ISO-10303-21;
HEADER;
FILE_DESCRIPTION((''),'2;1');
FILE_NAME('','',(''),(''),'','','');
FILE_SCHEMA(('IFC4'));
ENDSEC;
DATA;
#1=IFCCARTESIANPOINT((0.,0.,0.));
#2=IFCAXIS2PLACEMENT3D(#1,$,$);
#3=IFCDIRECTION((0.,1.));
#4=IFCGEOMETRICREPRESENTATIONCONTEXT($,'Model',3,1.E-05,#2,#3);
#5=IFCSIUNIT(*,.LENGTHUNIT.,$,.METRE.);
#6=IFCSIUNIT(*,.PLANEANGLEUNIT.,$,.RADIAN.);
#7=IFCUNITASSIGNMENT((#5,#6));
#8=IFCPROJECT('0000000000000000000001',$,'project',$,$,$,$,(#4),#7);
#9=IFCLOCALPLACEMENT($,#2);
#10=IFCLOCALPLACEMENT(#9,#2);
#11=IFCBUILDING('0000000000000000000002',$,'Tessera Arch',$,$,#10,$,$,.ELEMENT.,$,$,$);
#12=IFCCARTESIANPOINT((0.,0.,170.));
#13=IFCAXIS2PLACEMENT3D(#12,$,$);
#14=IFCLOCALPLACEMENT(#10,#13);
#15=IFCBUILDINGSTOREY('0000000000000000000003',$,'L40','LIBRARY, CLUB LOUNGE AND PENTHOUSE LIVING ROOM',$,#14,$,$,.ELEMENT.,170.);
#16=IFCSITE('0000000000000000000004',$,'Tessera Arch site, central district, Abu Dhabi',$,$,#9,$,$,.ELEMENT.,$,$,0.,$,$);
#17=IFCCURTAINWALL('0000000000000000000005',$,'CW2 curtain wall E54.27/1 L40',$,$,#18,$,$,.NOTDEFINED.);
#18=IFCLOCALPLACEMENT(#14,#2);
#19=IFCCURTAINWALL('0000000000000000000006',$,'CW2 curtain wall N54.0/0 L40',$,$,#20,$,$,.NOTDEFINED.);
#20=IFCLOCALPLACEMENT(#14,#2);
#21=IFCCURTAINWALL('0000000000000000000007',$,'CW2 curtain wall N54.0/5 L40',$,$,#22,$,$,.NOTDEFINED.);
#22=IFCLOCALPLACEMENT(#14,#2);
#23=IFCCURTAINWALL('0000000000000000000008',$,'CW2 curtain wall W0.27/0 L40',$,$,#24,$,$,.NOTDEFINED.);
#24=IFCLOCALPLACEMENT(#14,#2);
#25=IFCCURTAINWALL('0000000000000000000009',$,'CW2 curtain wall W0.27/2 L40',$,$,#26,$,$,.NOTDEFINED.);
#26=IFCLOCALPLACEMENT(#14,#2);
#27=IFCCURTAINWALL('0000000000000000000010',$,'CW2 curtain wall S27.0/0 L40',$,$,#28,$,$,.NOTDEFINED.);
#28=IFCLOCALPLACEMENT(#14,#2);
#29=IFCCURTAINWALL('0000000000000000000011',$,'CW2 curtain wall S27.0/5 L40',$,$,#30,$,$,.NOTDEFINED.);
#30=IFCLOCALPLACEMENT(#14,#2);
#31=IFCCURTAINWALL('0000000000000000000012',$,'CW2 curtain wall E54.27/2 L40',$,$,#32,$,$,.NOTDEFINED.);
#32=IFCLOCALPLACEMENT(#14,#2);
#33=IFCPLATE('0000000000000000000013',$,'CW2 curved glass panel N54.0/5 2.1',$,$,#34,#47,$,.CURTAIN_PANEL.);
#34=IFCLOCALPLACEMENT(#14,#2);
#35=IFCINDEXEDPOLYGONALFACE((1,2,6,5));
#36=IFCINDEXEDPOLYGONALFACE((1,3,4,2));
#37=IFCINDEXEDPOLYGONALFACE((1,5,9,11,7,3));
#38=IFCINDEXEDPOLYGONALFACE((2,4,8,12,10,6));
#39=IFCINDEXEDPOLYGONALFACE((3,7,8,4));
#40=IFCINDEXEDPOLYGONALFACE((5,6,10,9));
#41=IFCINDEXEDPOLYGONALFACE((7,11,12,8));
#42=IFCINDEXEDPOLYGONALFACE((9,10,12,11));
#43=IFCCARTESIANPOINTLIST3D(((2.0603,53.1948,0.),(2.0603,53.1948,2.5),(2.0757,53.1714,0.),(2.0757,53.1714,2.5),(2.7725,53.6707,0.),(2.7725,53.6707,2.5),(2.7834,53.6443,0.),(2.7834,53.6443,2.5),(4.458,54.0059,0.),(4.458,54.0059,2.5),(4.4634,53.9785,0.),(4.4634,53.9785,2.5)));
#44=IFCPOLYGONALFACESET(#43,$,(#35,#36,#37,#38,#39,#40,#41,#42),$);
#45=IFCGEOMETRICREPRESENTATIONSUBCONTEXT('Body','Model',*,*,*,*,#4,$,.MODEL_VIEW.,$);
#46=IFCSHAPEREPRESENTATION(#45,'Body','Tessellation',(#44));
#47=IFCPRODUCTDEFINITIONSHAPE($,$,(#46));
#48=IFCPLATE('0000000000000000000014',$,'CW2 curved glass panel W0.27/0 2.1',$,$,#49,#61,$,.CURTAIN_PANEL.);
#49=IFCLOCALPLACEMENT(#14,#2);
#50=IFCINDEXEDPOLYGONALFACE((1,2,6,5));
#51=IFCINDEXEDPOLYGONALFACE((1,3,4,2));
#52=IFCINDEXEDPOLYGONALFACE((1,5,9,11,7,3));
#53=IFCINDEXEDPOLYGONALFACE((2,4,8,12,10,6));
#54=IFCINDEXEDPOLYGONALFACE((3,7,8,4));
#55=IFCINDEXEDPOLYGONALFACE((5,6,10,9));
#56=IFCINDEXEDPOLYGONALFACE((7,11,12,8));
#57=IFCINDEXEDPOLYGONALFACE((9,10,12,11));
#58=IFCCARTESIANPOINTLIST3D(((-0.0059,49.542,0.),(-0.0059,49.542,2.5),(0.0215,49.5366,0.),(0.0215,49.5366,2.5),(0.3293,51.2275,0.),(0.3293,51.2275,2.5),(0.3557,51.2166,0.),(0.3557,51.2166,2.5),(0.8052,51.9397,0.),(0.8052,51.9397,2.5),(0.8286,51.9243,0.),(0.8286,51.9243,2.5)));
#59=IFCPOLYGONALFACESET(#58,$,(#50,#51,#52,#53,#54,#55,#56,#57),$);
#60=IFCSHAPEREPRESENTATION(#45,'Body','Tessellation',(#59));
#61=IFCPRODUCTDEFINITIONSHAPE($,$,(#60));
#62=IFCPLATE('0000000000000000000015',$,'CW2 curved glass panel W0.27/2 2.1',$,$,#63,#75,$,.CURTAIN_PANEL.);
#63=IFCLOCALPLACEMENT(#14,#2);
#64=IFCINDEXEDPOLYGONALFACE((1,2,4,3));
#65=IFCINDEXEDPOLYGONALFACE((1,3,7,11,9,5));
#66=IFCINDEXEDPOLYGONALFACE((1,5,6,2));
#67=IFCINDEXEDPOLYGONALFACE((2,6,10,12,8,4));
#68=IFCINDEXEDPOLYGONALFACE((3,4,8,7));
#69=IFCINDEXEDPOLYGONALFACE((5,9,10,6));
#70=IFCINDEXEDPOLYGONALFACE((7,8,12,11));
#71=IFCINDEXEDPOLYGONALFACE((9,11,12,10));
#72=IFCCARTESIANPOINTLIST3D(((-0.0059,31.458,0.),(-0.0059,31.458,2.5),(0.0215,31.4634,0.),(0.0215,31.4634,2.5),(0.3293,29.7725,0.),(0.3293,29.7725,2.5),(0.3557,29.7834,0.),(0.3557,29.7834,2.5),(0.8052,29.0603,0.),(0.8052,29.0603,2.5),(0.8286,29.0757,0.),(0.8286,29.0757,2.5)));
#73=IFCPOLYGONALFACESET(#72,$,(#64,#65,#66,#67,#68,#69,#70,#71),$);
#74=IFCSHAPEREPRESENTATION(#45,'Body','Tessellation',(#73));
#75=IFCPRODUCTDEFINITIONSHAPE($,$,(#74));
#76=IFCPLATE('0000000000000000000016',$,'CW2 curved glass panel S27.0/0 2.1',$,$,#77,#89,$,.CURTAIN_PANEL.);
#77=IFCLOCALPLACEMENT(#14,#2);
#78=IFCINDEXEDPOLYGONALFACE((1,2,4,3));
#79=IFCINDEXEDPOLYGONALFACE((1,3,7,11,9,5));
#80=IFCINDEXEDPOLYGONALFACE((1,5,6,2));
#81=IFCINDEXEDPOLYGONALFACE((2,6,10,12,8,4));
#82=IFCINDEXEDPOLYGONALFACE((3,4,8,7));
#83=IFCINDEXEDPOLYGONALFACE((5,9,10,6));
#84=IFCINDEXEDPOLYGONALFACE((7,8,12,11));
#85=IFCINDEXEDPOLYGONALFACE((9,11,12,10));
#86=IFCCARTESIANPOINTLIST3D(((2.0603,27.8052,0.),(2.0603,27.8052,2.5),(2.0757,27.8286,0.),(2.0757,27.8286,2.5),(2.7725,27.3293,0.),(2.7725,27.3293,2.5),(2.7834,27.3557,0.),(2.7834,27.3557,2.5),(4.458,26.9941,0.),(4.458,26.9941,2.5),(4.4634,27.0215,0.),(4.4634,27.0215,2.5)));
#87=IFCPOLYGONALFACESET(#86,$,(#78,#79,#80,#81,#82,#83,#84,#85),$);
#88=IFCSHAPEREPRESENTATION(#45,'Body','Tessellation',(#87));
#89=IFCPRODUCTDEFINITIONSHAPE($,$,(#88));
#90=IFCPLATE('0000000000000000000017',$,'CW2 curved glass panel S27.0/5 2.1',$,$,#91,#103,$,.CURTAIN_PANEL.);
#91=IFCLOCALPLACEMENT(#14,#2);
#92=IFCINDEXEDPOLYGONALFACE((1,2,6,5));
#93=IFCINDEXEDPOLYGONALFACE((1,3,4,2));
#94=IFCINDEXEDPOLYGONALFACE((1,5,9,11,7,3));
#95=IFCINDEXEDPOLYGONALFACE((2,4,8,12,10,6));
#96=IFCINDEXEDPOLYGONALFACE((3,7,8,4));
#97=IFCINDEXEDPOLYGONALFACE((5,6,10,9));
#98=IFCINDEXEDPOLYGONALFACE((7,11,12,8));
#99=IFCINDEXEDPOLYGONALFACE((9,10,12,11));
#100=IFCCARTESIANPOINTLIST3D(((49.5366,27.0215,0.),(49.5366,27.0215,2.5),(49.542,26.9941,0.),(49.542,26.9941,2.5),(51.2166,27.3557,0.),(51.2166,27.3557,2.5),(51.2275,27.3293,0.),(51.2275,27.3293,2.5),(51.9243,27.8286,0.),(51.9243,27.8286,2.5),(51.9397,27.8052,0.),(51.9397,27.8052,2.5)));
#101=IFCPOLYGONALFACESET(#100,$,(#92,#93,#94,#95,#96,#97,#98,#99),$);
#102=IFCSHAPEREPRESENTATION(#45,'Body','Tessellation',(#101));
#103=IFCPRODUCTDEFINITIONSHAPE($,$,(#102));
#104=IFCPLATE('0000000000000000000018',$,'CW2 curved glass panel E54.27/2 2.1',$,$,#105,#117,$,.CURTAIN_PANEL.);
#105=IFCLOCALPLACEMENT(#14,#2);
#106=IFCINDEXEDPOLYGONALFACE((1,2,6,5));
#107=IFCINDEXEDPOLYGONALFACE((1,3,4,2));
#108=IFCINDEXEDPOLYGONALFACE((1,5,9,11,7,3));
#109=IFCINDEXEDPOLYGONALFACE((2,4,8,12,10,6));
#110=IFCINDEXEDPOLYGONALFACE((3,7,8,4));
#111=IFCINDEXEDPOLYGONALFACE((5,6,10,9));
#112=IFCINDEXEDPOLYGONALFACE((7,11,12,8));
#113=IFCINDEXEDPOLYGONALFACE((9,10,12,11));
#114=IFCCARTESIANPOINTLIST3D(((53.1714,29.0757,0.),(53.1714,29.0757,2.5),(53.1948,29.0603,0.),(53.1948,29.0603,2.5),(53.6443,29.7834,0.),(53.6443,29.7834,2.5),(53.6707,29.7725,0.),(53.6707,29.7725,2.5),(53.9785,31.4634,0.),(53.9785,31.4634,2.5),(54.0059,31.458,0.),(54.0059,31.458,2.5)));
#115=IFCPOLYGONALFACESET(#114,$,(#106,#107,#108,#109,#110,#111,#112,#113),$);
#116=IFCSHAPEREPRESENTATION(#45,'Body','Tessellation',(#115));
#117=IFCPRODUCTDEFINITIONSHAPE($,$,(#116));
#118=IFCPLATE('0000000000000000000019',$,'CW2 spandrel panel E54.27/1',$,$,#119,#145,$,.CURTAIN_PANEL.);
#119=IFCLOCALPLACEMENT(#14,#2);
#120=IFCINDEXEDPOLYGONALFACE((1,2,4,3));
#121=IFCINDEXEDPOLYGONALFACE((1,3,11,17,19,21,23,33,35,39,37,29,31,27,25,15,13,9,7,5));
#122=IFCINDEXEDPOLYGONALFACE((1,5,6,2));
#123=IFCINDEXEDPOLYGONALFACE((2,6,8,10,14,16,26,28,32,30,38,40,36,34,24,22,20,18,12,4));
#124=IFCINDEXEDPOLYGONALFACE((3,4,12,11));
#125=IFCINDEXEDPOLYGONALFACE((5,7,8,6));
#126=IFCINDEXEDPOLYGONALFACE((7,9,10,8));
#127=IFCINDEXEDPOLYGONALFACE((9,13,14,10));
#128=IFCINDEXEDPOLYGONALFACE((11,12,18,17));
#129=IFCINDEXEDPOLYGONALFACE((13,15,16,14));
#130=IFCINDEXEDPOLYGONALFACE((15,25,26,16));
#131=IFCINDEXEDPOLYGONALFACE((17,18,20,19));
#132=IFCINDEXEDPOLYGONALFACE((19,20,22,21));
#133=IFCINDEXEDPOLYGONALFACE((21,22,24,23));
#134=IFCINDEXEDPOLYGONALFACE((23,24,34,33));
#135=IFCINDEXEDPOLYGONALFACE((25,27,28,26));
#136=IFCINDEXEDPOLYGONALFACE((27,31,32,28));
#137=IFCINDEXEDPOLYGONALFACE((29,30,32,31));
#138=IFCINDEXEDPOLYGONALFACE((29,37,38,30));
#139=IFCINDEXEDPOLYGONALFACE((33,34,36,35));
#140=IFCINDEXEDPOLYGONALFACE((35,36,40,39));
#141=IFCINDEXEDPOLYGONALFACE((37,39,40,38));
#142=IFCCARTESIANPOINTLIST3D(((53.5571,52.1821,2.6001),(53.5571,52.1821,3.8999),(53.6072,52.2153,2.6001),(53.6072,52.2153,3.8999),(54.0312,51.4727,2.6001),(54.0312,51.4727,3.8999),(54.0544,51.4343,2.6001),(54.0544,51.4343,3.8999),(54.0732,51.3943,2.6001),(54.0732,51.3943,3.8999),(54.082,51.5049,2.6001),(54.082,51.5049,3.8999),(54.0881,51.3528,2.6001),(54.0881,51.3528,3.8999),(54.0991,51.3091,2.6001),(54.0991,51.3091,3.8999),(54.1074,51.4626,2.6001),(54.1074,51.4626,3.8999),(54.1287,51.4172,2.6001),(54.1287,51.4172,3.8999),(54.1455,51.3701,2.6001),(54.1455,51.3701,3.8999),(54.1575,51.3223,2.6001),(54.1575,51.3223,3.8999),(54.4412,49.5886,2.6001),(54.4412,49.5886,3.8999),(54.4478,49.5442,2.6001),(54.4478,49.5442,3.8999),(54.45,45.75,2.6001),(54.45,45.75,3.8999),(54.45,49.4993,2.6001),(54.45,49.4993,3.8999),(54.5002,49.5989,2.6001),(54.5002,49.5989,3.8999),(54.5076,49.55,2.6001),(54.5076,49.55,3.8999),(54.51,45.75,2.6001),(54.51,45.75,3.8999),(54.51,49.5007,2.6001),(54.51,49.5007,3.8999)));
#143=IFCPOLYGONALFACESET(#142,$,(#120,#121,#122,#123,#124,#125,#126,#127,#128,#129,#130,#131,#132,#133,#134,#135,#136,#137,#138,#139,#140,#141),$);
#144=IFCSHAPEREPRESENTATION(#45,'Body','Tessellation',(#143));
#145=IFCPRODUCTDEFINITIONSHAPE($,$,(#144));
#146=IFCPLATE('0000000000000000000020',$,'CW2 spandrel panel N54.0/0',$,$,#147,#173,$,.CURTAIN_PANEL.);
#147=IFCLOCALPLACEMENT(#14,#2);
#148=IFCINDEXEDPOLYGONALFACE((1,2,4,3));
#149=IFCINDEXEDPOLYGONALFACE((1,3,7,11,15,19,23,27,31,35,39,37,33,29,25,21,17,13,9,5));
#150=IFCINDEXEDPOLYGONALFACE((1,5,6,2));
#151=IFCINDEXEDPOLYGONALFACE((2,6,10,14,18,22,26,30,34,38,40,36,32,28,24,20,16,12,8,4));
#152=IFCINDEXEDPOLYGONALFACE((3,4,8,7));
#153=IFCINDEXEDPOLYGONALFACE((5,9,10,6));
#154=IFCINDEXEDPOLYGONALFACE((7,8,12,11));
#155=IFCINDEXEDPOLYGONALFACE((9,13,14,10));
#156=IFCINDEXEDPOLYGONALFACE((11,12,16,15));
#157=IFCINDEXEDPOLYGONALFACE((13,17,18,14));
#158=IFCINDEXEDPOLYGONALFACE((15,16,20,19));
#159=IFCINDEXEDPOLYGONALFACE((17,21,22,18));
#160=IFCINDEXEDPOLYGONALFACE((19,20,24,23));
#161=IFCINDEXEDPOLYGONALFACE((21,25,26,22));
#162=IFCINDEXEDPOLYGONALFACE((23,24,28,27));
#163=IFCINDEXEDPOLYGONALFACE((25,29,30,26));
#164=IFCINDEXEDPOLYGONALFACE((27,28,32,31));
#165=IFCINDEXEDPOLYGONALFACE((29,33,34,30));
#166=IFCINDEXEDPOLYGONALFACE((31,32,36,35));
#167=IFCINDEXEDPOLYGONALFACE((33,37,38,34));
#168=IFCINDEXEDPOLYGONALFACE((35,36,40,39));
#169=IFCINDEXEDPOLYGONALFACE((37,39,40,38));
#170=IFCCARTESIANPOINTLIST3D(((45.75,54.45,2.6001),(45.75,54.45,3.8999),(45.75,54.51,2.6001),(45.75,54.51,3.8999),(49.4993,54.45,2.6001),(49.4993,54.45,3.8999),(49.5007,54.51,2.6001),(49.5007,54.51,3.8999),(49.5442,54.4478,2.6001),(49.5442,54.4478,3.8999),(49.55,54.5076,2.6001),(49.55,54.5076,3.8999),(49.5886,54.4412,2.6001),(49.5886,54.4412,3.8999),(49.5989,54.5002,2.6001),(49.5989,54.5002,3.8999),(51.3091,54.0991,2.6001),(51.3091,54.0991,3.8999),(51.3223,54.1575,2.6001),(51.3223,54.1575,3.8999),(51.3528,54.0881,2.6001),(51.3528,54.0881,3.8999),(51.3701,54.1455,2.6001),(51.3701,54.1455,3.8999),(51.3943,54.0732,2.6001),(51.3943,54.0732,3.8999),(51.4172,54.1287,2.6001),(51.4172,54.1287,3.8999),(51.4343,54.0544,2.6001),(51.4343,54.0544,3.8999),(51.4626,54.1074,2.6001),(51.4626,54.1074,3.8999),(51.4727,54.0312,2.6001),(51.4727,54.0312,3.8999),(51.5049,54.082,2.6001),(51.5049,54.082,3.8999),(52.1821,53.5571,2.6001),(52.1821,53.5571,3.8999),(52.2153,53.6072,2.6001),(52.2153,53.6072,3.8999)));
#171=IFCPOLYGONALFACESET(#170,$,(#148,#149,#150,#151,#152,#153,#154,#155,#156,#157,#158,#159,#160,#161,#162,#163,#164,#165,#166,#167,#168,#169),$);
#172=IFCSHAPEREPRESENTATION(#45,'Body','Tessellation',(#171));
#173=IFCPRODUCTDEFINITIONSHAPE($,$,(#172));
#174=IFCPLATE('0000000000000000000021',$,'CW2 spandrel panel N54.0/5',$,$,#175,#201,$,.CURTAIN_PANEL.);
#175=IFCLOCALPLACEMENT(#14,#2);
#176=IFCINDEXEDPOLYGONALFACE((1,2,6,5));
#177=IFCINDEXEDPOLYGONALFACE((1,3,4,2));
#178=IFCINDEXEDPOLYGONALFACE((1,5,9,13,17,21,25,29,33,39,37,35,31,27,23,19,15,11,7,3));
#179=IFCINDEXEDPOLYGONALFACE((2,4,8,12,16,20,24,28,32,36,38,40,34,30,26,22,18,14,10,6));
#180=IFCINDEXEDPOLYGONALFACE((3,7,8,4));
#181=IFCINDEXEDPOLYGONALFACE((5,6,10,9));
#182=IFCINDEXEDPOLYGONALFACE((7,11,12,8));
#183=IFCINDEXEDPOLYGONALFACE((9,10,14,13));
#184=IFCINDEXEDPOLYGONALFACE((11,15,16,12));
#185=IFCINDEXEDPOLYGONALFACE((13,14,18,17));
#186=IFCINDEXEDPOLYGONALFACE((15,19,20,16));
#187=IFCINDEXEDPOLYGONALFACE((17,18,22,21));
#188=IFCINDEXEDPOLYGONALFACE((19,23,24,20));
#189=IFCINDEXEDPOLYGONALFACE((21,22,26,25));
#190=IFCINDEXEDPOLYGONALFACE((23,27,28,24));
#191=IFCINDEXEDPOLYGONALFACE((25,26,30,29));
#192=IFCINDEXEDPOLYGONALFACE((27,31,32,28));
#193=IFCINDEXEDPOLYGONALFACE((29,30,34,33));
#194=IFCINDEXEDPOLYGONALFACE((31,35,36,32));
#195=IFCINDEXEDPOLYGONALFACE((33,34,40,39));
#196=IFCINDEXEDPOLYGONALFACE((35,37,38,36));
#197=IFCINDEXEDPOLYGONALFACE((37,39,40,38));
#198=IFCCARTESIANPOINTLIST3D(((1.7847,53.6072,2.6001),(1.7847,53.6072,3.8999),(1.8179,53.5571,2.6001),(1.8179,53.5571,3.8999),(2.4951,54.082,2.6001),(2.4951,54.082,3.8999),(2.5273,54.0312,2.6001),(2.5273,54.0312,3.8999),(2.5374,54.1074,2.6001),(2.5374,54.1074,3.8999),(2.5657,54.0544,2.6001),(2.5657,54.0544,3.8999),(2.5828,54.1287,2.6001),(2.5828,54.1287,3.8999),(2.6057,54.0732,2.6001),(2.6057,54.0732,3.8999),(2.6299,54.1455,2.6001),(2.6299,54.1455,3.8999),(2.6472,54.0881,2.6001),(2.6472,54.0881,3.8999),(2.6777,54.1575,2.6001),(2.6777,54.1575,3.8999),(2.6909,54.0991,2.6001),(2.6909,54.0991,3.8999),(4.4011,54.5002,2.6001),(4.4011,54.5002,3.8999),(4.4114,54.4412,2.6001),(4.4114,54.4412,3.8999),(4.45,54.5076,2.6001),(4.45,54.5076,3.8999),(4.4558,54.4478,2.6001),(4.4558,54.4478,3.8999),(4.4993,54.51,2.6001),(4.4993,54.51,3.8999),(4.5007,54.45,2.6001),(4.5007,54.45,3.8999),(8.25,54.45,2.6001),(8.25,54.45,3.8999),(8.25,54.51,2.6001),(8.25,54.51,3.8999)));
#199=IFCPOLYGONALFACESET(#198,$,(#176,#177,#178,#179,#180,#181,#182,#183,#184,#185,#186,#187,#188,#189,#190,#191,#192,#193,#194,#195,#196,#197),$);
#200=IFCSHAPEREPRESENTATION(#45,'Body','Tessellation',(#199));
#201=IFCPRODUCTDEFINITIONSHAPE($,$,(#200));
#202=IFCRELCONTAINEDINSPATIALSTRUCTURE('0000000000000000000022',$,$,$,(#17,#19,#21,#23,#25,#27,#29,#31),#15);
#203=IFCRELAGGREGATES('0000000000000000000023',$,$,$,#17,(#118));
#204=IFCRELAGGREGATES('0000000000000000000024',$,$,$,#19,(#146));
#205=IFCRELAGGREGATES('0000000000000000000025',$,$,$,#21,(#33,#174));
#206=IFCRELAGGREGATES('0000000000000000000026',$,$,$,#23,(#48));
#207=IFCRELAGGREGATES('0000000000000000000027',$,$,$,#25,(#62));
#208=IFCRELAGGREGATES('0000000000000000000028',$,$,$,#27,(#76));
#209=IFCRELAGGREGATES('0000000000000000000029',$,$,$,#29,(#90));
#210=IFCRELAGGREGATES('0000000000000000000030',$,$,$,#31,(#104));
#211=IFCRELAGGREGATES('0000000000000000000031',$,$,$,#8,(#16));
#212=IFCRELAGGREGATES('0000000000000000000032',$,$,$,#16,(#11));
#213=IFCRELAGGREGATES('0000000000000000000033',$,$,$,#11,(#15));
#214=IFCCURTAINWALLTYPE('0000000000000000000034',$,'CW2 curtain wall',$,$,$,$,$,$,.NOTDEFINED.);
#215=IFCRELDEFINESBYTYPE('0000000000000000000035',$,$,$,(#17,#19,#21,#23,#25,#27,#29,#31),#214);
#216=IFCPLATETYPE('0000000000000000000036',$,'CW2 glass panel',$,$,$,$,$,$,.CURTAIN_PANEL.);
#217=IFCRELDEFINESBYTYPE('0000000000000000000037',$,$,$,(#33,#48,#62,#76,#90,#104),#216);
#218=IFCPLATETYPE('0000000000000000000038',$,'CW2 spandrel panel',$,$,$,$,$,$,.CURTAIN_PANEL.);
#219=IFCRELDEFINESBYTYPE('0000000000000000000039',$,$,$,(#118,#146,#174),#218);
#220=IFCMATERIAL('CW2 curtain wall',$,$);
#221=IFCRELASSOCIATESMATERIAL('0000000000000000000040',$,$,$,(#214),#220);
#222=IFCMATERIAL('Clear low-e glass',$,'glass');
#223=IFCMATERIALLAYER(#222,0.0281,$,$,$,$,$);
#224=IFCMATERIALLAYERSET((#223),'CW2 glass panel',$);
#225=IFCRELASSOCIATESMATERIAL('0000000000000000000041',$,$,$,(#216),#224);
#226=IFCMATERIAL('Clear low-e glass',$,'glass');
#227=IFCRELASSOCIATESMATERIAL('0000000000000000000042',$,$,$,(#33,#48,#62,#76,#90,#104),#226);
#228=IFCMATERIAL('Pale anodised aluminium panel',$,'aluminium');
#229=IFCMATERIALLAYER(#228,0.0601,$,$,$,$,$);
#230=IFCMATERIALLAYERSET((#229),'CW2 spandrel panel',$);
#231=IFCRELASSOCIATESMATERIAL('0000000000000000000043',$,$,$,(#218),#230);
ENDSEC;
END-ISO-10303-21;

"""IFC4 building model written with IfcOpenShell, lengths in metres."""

from ifc_helpers import new_model, si_unit, direction, frame, origin, place, context, subcontext, project, spatial, polyline, outline, extrude, material, layer, layer_set, type_object, element, aggregate, save


model = new_model("IFC4")

# Units and contexts
model_context = context("Model", 3, precision=1e-05, world=origin(), true_north=direction((0.0, 1.0)))
body_context = subcontext(model_context, "Body", "Model", "MODEL_VIEW")
ifc_project = project(units=[si_unit("LENGTHUNIT", "METRE"), si_unit("PLANEANGLEUNIT", "RADIAN")], contexts=[model_context])

# Site, building, storey
site_placement = place(None, origin())
site = spatial("IfcSite", under=ifc_project, at=site_placement, Name="Tessera Arch site, central district, Abu Dhabi", CompositionType="ELEMENT", RefElevation=0.0)
building_placement = place(site_placement, origin())
building = spatial("IfcBuilding", under=site, at=building_placement, Name="Tessera Arch", CompositionType="ELEMENT")
storey_placement = place(building_placement, frame((0.0, 0.0, 170.0)))
storey = spatial("IfcBuildingStorey", under=building, at=storey_placement, Name="L40", Description="LIBRARY, CLUB LOUNGE AND PENTHOUSE LIVING ROOM", CompositionType="ELEMENT", Elevation=170.0)

# Curtain walls
ifc_material_1 = material(Name="CW2 curtain wall")
curtain_wall_type_1 = type_object("IfcCurtainWallType", Name="CW2 curtain wall", PredefinedType="NOTDEFINED", material=ifc_material_1)
curtain_wall_1_placement = place(storey_placement, origin())
curtain_wall_1 = element("IfcCurtainWall", 1, at=curtain_wall_1_placement, inside=storey, type_object=curtain_wall_type_1, Name="CW2 curtain wall E54.27/1 L40", PredefinedType="NOTDEFINED")
curtain_wall_2_placement = place(storey_placement, origin())
curtain_wall_2 = element("IfcCurtainWall", 2, at=curtain_wall_2_placement, inside=storey, type_object=curtain_wall_type_1, Name="CW2 curtain wall N54.0/0 L40", PredefinedType="NOTDEFINED")
curtain_wall_3_placement = place(storey_placement, origin())
curtain_wall_3 = element("IfcCurtainWall", 3, at=curtain_wall_3_placement, inside=storey, type_object=curtain_wall_type_1, Name="CW2 curtain wall N54.0/5 L40", PredefinedType="NOTDEFINED")
curtain_wall_4_placement = place(storey_placement, origin())
curtain_wall_4 = element("IfcCurtainWall", 4, at=curtain_wall_4_placement, inside=storey, type_object=curtain_wall_type_1, Name="CW2 curtain wall W0.27/0 L40", PredefinedType="NOTDEFINED")
curtain_wall_5_placement = place(storey_placement, origin())
curtain_wall_5 = element("IfcCurtainWall", 5, at=curtain_wall_5_placement, inside=storey, type_object=curtain_wall_type_1, Name="CW2 curtain wall W0.27/2 L40", PredefinedType="NOTDEFINED")
curtain_wall_6_placement = place(storey_placement, origin())
curtain_wall_6 = element("IfcCurtainWall", 6, at=curtain_wall_6_placement, inside=storey, type_object=curtain_wall_type_1, Name="CW2 curtain wall S27.0/0 L40", PredefinedType="NOTDEFINED")
curtain_wall_7_placement = place(storey_placement, origin())
curtain_wall_7 = element("IfcCurtainWall", 7, at=curtain_wall_7_placement, inside=storey, type_object=curtain_wall_type_1, Name="CW2 curtain wall S27.0/5 L40", PredefinedType="NOTDEFINED")
curtain_wall_8_placement = place(storey_placement, origin())
curtain_wall_8 = element("IfcCurtainWall", 8, at=curtain_wall_8_placement, inside=storey, type_object=curtain_wall_type_1, Name="CW2 curtain wall E54.27/2 L40", PredefinedType="NOTDEFINED")

# Plates
ifc_material_2 = material(Name="Clear low-e glass", Category="glass")
ifc_material_3 = material(Name="Clear low-e glass", Category="glass")
ifc_layer_1 = layer(ifc_material_3, 0.0281)
ifc_layer_set_1 = layer_set([ifc_layer_1], Name="CW2 glass panel")
plate_type_1 = type_object("IfcPlateType", Name="CW2 glass panel", PredefinedType="CURTAIN_PANEL", material=ifc_layer_set_1)
plate_1_placement = place(storey_placement, origin())
plate_1 = element("IfcPlate", 9, at=plate_1_placement, type_object=plate_type_1, material=ifc_material_2, Name="CW2 curved glass panel N54.0/5 2.1", PredefinedType="CURTAIN_PANEL", context=body_context, shape_type="SweptSolid", body=[
    extrude(outline(polyline([(2.7834, 53.6443), (4.4634, 53.9785), (4.458, 54.0059), (2.7725, 53.6707), (2.0603, 53.1948), (2.0757, 53.1714), (2.7834, 53.6443)])), origin(), (0.0, 0.0, 1.0), 2.5),
])
plate_2_placement = place(storey_placement, origin())
plate_2 = element("IfcPlate", 10, at=plate_2_placement, type_object=plate_type_1, material=ifc_material_2, Name="CW2 curved glass panel W0.27/0 2.1", PredefinedType="CURTAIN_PANEL", context=body_context, shape_type="SweptSolid", body=[
    extrude(outline(polyline([(0.3557, 51.2166), (0.8286, 51.9243), (0.8052, 51.9397), (0.3293, 51.2275), (-0.0059, 49.542), (0.0215, 49.5366), (0.3557, 51.2166)])), origin(), (0.0, 0.0, 1.0), 2.5),
])
plate_3_placement = place(storey_placement, origin())
plate_3 = element("IfcPlate", 11, at=plate_3_placement, type_object=plate_type_1, material=ifc_material_2, Name="CW2 curved glass panel W0.27/2 2.1", PredefinedType="CURTAIN_PANEL", context=body_context, shape_type="SweptSolid", body=[
    extrude(outline(polyline([(0.3557, 29.7834), (0.0215, 31.4634), (-0.0059, 31.458), (0.3293, 29.7725), (0.8052, 29.0603), (0.8286, 29.0757), (0.3557, 29.7834)])), origin(), (0.0, 0.0, 1.0), 2.5),
])
plate_4_placement = place(storey_placement, origin())
plate_4 = element("IfcPlate", 12, at=plate_4_placement, type_object=plate_type_1, material=ifc_material_2, Name="CW2 curved glass panel S27.0/0 2.1", PredefinedType="CURTAIN_PANEL", context=body_context, shape_type="SweptSolid", body=[
    extrude(outline(polyline([(2.7834, 27.3557), (2.0757, 27.8286), (2.0603, 27.8052), (2.7725, 27.3293), (4.458, 26.9941), (4.4634, 27.0215), (2.7834, 27.3557)])), origin(), (0.0, 0.0, 1.0), 2.5),
])
plate_5_placement = place(storey_placement, origin())
plate_5 = element("IfcPlate", 13, at=plate_5_placement, type_object=plate_type_1, material=ifc_material_2, Name="CW2 curved glass panel S27.0/5 2.1", PredefinedType="CURTAIN_PANEL", context=body_context, shape_type="SweptSolid", body=[
    extrude(outline(polyline([(51.2166, 27.3557), (49.5366, 27.0215), (49.542, 26.9941), (51.2275, 27.3293), (51.9397, 27.8052), (51.9243, 27.8286), (51.2166, 27.3557)])), origin(), (0.0, 0.0, 1.0), 2.5),
])
plate_6_placement = place(storey_placement, origin())
plate_6 = element("IfcPlate", 14, at=plate_6_placement, type_object=plate_type_1, material=ifc_material_2, Name="CW2 curved glass panel E54.27/2 2.1", PredefinedType="CURTAIN_PANEL", context=body_context, shape_type="SweptSolid", body=[
    extrude(outline(polyline([(53.6443, 29.7834), (53.1714, 29.0757), (53.1948, 29.0603), (53.6707, 29.7725), (54.0059, 31.458), (53.9785, 31.4634), (53.6443, 29.7834)])), origin(), (0.0, 0.0, 1.0), 2.5),
])
ifc_material_4 = material(Name="Pale anodised aluminium panel", Category="aluminium")
ifc_layer_2 = layer(ifc_material_4, 0.0601)
ifc_layer_set_2 = layer_set([ifc_layer_2], Name="CW2 spandrel panel")
plate_type_2 = type_object("IfcPlateType", Name="CW2 spandrel panel", PredefinedType="CURTAIN_PANEL", material=ifc_layer_set_2)
plate_7_placement = place(storey_placement, frame((0.0, 0.0, 2.6001)))
plate_7 = element("IfcPlate", 15, at=plate_7_placement, type_object=plate_type_2, Name="CW2 spandrel panel E54.27/1", PredefinedType="CURTAIN_PANEL", context=body_context, shape_type="SweptSolid", body=[
    extrude(outline(polyline([(54.45, 49.4993), (54.45, 45.75), (54.51, 45.75), (54.51, 49.5007), (54.5076, 49.55), (54.5002, 49.5989), (54.1575, 51.3223), (54.1455, 51.3701), (54.1287, 51.4172), (54.1074, 51.4626), (54.082, 51.5049), (53.6072, 52.2153), (53.5571, 52.1821), (54.0312, 51.4727), (54.0544, 51.4343), (54.0732, 51.3943), (54.0881, 51.3528), (54.0991, 51.3091), (54.4412, 49.5886), (54.4478, 49.5442), (54.45, 49.4993)])), origin(), (0.0, 0.0, 1.0), 1.2998),
])
aggregate(curtain_wall_1, [plate_7])
plate_8_placement = place(storey_placement, frame((0.0, 0.0, 2.6001)))
plate_8 = element("IfcPlate", 16, at=plate_8_placement, type_object=plate_type_2, Name="CW2 spandrel panel N54.0/0", PredefinedType="CURTAIN_PANEL", context=body_context, shape_type="SweptSolid", body=[
    extrude(outline(polyline([(51.4727, 54.0312), (52.1821, 53.5571), (52.2153, 53.6072), (51.5049, 54.082), (51.4626, 54.1074), (51.4172, 54.1287), (51.3701, 54.1455), (51.3223, 54.1575), (49.5989, 54.5002), (49.55, 54.5076), (49.5007, 54.51), (45.75, 54.51), (45.75, 54.45), (49.4993, 54.45), (49.5442, 54.4478), (49.5886, 54.4412), (51.3091, 54.0991), (51.3528, 54.0881), (51.3943, 54.0732), (51.4343, 54.0544), (51.4727, 54.0312)])), origin(), (0.0, 0.0, 1.0), 1.2998),
])
aggregate(curtain_wall_2, [plate_8])
plate_9_placement = place(storey_placement, frame((0.0, 0.0, 2.6001)))
plate_9 = element("IfcPlate", 17, at=plate_9_placement, type_object=plate_type_2, Name="CW2 spandrel panel N54.0/5", PredefinedType="CURTAIN_PANEL", context=body_context, shape_type="SweptSolid", body=[
    extrude(outline(polyline([(4.5007, 54.45), (8.25, 54.45), (8.25, 54.51), (4.4993, 54.51), (4.45, 54.5076), (4.4011, 54.5002), (2.6777, 54.1575), (2.6299, 54.1455), (2.5828, 54.1287), (2.5374, 54.1074), (2.4951, 54.082), (1.7847, 53.6072), (1.8179, 53.5571), (2.5273, 54.0312), (2.5657, 54.0544), (2.6057, 54.0732), (2.6472, 54.0881), (2.6909, 54.0991), (4.4114, 54.4412), (4.4558, 54.4478), (4.5007, 54.45)])), origin(), (0.0, 0.0, 1.0), 1.2998),
])
aggregate(curtain_wall_3, [plate_1, plate_9])
aggregate(curtain_wall_4, [plate_2])
aggregate(curtain_wall_5, [plate_3])
aggregate(curtain_wall_6, [plate_4])
aggregate(curtain_wall_7, [plate_5])
aggregate(curtain_wall_8, [plate_6])

save(model, "model.ifc")
